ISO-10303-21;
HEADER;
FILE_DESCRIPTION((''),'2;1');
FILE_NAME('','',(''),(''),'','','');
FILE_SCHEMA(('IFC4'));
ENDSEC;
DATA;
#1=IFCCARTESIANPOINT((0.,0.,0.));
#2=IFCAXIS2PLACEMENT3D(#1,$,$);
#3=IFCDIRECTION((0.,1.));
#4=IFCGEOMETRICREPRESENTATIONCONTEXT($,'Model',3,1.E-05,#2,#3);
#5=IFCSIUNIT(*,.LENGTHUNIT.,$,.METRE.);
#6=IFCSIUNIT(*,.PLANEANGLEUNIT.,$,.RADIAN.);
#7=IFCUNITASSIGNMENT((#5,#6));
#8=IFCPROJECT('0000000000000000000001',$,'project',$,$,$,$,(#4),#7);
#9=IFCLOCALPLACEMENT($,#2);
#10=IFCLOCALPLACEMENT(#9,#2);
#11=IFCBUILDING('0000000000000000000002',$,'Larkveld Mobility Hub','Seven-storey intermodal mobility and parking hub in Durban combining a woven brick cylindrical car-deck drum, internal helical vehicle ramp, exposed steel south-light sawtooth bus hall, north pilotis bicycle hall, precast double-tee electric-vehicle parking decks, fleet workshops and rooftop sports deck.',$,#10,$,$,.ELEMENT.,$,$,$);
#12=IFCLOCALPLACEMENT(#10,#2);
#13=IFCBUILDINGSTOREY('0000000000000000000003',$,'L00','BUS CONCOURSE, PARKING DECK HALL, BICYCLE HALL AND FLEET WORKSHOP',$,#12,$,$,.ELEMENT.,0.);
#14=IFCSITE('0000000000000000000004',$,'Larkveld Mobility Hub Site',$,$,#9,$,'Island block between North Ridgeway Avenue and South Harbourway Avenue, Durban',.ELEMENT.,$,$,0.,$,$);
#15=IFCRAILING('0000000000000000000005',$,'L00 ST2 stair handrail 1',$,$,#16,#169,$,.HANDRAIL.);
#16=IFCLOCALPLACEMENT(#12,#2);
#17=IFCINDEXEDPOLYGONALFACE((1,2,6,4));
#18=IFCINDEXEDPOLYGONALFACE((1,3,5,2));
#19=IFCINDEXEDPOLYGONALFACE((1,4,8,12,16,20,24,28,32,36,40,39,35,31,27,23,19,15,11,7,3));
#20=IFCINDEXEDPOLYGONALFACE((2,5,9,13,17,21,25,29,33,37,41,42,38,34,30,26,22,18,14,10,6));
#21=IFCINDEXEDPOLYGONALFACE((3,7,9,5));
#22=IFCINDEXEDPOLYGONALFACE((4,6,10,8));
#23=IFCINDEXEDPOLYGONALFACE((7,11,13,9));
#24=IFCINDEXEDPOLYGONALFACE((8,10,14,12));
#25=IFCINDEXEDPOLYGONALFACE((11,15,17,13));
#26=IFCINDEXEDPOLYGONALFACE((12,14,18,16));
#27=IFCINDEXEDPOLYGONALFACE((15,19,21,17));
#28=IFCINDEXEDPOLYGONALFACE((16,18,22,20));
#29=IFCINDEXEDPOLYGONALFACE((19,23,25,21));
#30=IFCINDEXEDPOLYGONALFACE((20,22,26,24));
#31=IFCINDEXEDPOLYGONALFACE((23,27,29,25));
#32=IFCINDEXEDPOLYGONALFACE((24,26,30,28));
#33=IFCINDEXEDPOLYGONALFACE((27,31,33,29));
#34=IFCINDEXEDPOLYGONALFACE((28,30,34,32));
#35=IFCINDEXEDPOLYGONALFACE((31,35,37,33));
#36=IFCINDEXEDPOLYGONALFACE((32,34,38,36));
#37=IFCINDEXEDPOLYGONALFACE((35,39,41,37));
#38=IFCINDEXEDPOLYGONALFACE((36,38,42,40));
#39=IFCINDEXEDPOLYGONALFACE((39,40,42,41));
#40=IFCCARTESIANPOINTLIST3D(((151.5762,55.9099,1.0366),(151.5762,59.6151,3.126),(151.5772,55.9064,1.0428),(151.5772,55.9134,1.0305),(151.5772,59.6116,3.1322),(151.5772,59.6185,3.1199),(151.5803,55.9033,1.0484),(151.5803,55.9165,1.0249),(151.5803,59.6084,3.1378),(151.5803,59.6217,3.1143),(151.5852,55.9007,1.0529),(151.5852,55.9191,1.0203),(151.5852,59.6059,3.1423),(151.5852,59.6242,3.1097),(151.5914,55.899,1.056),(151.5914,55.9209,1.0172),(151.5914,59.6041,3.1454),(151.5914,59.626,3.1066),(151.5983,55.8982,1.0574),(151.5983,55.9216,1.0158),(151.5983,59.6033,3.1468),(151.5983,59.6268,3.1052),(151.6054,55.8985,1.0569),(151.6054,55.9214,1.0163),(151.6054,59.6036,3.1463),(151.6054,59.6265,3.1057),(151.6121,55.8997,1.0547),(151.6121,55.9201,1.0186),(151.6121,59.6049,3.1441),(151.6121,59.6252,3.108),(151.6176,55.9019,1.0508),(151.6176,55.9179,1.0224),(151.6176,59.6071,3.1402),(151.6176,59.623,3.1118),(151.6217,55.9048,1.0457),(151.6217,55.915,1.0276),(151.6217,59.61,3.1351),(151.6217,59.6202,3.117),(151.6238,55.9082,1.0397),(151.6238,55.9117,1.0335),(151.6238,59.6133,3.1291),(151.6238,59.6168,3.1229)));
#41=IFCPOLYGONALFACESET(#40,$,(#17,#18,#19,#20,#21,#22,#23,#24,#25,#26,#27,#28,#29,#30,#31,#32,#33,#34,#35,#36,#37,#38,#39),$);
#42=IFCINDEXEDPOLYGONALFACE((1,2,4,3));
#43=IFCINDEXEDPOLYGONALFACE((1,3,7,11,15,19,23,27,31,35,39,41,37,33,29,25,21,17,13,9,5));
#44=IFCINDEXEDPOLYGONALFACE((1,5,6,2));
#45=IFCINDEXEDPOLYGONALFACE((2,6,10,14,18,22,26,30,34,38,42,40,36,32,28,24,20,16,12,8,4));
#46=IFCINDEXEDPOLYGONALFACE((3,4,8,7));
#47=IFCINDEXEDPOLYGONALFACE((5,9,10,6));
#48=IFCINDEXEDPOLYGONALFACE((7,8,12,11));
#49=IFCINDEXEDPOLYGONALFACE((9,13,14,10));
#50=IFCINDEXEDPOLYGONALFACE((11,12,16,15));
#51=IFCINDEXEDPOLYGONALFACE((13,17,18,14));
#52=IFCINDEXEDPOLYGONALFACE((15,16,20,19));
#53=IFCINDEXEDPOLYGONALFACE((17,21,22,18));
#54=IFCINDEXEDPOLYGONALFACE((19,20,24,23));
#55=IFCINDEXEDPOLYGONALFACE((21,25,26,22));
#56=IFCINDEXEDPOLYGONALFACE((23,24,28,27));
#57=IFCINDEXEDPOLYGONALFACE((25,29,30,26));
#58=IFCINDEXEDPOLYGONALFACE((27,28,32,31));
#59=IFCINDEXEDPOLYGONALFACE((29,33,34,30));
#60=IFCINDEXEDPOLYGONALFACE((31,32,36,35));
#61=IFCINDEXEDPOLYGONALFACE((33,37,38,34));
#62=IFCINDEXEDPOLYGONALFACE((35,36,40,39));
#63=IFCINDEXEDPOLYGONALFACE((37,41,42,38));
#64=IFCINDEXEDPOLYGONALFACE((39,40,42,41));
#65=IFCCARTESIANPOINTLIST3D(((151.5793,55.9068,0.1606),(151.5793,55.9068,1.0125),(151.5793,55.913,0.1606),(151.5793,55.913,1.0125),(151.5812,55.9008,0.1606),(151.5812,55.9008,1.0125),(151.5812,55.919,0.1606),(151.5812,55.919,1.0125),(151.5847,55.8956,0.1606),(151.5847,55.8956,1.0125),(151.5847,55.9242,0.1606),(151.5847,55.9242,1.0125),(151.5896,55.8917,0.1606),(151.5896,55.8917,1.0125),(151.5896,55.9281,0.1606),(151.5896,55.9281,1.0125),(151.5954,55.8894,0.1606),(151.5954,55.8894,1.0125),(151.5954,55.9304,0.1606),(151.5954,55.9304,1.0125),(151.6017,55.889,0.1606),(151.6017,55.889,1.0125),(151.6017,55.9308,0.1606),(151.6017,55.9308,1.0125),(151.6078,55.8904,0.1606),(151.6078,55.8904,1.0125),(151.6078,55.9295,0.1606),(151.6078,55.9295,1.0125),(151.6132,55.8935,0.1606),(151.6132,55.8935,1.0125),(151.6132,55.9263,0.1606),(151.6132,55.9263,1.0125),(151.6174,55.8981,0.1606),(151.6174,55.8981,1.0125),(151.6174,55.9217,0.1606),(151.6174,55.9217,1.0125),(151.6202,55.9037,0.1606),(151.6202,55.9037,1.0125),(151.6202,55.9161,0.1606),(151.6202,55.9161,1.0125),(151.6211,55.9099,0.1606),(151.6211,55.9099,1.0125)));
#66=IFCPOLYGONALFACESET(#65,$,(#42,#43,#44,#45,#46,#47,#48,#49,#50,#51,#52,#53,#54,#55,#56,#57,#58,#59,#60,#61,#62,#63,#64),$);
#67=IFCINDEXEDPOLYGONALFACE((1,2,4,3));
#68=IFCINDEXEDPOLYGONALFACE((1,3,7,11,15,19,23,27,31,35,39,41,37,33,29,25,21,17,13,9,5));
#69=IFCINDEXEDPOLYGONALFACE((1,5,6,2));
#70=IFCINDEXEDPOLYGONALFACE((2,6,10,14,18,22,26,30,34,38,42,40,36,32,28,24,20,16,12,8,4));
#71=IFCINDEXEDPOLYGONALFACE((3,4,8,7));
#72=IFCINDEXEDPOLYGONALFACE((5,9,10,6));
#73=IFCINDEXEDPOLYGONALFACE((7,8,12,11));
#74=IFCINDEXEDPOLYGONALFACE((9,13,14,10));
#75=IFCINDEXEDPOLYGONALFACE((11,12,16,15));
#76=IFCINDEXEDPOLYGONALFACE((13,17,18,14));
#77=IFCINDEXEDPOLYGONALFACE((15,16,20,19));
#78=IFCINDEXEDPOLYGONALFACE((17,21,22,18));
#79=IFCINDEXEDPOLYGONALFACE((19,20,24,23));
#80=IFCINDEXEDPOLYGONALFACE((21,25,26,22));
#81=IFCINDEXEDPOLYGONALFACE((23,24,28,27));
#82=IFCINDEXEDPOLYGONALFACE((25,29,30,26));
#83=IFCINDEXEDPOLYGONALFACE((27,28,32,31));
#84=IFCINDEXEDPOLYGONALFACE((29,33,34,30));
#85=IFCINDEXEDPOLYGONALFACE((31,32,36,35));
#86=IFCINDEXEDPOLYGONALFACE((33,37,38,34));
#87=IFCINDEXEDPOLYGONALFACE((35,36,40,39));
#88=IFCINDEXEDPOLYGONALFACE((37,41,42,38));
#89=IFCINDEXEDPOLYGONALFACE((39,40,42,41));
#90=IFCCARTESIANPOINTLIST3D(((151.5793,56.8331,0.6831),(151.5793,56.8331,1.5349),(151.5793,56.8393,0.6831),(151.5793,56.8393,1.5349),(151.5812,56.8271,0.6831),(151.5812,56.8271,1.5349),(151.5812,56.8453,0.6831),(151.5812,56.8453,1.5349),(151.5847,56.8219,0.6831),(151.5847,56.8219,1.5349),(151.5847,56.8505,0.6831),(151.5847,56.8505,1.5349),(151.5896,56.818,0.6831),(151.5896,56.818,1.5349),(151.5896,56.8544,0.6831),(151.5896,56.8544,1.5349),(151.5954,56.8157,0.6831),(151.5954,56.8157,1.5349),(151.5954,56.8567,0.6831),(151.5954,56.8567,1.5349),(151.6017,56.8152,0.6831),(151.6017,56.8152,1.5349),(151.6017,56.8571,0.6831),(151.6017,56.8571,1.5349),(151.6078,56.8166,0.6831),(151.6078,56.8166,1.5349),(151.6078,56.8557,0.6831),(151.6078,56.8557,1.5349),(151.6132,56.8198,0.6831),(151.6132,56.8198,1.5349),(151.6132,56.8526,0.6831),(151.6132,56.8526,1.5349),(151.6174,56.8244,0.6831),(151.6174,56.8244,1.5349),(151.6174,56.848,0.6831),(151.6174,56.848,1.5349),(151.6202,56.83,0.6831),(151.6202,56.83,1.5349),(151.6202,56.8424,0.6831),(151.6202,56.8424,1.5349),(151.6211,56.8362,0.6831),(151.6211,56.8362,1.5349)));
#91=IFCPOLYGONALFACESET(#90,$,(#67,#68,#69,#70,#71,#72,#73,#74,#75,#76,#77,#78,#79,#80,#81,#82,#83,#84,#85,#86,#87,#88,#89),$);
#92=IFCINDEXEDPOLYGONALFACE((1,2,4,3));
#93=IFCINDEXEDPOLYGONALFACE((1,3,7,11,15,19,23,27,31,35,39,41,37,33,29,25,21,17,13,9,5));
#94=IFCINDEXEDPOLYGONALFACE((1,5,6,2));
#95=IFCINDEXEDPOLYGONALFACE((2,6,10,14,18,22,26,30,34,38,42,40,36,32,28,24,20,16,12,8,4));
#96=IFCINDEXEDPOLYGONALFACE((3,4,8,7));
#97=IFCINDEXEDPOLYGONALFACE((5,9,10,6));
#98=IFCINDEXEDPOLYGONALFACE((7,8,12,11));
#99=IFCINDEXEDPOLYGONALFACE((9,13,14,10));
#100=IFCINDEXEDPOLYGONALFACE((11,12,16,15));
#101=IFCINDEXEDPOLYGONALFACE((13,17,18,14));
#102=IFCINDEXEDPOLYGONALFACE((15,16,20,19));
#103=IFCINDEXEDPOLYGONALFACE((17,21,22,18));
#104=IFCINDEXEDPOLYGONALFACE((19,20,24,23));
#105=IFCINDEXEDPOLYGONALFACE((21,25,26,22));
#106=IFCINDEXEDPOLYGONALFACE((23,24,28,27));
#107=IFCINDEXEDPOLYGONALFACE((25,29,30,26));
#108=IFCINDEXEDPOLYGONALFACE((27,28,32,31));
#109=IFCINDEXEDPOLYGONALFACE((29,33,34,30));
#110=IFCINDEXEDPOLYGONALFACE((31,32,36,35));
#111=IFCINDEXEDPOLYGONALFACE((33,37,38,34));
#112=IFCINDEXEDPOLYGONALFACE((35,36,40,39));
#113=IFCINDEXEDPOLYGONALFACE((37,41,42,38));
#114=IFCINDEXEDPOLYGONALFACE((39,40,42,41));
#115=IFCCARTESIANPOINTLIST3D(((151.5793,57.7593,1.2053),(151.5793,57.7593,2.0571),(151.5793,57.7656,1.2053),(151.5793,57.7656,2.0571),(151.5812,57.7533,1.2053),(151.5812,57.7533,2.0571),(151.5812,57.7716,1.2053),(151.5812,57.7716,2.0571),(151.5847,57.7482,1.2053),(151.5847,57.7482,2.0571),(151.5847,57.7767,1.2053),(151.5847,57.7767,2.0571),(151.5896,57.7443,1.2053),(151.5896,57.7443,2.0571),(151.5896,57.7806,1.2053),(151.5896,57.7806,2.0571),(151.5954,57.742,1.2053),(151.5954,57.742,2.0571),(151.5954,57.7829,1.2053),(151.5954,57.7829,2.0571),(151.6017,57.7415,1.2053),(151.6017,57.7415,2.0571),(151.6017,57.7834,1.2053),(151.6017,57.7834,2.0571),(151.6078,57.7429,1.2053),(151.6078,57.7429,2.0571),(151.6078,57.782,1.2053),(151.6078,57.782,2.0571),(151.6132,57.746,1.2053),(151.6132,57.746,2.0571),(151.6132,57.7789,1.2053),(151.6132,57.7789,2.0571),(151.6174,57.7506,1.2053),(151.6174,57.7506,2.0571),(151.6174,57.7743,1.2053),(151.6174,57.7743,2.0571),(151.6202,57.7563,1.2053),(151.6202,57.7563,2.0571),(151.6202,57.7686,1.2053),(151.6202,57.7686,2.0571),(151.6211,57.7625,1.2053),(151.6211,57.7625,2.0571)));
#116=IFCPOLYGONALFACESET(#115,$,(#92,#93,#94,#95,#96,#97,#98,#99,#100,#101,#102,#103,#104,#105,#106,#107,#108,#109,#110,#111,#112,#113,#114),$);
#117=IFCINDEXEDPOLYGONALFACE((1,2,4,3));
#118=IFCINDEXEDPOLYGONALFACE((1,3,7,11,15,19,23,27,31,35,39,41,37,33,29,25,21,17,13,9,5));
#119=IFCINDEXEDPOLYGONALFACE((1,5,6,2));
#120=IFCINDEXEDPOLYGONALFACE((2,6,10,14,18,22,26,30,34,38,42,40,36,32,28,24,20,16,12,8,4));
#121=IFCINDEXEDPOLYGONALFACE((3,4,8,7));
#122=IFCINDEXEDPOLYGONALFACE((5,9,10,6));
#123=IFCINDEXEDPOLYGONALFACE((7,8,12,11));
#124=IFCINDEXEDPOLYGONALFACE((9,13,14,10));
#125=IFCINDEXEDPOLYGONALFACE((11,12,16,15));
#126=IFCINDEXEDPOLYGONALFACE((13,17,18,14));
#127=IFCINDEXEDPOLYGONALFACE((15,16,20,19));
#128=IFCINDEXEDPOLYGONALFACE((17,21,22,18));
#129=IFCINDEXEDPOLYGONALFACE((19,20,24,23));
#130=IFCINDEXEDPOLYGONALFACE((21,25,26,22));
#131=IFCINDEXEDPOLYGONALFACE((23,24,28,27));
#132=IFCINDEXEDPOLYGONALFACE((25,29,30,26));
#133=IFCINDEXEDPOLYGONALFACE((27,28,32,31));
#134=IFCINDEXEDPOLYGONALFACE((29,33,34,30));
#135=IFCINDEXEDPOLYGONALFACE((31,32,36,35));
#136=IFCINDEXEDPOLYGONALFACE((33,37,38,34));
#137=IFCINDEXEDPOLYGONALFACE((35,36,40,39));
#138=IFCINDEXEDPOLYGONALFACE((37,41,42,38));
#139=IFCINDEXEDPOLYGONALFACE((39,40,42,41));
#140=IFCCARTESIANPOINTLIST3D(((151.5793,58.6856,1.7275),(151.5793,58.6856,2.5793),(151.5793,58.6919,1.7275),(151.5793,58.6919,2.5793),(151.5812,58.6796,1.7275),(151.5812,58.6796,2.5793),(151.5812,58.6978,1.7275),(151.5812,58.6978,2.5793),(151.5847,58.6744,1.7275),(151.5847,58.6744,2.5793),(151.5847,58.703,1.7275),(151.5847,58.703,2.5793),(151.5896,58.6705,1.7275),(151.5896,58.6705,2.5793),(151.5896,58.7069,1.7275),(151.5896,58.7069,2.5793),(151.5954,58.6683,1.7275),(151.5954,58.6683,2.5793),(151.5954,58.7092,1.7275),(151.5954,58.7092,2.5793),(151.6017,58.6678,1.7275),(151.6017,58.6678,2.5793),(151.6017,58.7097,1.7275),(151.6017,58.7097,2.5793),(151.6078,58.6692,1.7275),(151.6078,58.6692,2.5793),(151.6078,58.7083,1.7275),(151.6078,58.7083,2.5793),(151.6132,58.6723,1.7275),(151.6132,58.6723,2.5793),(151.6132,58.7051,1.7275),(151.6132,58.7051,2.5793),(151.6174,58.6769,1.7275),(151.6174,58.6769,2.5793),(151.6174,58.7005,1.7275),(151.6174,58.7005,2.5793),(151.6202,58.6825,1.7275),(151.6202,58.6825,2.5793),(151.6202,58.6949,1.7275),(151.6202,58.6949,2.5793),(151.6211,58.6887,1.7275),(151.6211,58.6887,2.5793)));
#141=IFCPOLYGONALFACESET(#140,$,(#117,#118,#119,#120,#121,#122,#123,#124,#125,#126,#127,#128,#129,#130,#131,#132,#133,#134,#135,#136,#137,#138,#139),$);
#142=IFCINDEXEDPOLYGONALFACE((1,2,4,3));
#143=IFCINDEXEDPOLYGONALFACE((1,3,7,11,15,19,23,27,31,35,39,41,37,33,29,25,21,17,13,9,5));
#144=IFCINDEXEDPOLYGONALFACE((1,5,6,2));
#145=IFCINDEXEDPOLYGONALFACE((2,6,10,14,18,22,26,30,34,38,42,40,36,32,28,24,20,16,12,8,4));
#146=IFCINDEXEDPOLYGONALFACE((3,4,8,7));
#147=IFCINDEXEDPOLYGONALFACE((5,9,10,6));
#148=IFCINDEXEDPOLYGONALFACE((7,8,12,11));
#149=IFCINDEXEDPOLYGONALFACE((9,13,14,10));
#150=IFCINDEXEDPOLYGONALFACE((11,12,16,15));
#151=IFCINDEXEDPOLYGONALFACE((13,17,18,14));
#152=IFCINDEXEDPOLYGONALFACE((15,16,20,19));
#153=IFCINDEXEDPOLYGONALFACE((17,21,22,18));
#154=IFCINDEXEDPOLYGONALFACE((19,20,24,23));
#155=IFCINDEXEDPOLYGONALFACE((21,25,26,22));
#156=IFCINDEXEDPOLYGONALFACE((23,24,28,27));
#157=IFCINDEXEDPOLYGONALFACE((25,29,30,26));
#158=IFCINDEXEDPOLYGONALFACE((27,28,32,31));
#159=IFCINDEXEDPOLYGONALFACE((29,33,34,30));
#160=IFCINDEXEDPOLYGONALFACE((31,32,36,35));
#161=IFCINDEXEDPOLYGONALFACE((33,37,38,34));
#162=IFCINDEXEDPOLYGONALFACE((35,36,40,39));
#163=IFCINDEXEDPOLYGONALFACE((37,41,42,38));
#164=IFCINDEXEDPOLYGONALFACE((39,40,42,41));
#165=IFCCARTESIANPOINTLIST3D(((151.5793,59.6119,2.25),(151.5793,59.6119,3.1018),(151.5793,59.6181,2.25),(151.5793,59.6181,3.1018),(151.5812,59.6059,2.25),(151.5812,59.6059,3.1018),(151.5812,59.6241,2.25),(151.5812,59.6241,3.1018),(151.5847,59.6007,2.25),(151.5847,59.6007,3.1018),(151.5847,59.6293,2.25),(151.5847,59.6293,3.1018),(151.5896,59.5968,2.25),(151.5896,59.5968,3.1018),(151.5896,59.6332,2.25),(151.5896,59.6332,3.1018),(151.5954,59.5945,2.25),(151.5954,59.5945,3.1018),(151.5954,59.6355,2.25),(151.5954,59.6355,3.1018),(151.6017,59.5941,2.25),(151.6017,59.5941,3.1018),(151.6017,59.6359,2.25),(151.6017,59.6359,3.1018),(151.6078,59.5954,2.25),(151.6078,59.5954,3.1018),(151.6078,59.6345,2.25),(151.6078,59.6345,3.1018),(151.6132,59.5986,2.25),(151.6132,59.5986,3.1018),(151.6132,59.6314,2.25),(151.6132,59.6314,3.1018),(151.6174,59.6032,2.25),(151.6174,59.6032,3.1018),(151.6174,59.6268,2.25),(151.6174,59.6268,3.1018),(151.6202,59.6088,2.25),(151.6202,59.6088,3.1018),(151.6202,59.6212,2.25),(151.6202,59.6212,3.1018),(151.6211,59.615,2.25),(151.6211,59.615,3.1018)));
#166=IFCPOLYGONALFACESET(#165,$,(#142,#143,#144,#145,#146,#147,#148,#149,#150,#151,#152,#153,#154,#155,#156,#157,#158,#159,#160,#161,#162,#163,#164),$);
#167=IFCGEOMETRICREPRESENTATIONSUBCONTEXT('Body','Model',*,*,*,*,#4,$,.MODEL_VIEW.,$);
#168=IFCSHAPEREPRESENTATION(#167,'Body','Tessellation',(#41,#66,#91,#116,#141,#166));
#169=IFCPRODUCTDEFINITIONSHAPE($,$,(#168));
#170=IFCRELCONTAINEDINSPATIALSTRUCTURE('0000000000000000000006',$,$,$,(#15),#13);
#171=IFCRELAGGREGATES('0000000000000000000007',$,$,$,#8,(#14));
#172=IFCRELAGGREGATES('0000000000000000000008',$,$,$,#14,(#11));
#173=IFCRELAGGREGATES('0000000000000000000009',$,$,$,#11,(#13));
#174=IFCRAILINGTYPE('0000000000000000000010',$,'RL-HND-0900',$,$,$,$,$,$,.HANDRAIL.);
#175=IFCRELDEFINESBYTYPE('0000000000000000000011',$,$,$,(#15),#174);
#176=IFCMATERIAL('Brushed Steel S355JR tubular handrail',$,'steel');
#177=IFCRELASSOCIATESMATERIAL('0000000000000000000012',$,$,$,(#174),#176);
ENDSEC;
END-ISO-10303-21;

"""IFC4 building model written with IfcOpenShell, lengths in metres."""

from ifc_helpers import new_model, si_unit, direction, frame, origin, origin_2d, place, context, subcontext, project, spatial, circle, extrude, material, type_object, element, save


model = new_model("IFC4")

# Units and contexts
model_context = context("Model", 3, precision=1e-05, world=origin(), true_north=direction((0.0, 1.0)))
body_context = subcontext(model_context, "Body", "Model", "MODEL_VIEW")
ifc_project = project(units=[si_unit("LENGTHUNIT", "METRE"), si_unit("PLANEANGLEUNIT", "RADIAN")], contexts=[model_context])

# Site, building, storey
site_placement = place(None, origin())
site = spatial("IfcSite", under=ifc_project, at=site_placement, Name="Larkveld Mobility Hub Site", LongName="Island block between North Ridgeway Avenue and South Harbourway Avenue, Durban", CompositionType="ELEMENT", RefElevation=0.0)
building_placement = place(site_placement, origin())
building = spatial("IfcBuilding", under=site, at=building_placement, Name="Larkveld Mobility Hub", Description="Seven-storey intermodal mobility and parking hub in Durban combining a woven brick cylindrical car-deck drum, internal helical vehicle ramp, exposed steel south-light sawtooth bus hall, north pilotis bicycle hall, precast double-tee electric-vehicle parking decks, fleet workshops and rooftop sports deck.", CompositionType="ELEMENT")
storey_placement = place(building_placement, origin())
storey = spatial("IfcBuildingStorey", under=building, at=storey_placement, Name="L00", Description="BUS CONCOURSE, PARKING DECK HALL, BICYCLE HALL AND FLEET WORKSHOP", CompositionType="ELEMENT", Elevation=0.0)

# Railing
ifc_material_1 = material(Name="Brushed Steel S355JR tubular handrail", Category="steel")
railing_type_1 = type_object("IfcRailingType", Name="RL-HND-0900", PredefinedType="HANDRAIL", material=ifc_material_1)
railing_1_placement = place(storey_placement, frame((151.6001, 55.9099, 0.1606)))
element("IfcRailing", 1, at=railing_1_placement, inside=storey, type_object=railing_type_1, Name="L00 ST2 stair handrail 1", PredefinedType="HANDRAIL", context=body_context, shape_type="SweptSolid", body=[
    extrude(circle(Radius=0.0239, at=origin_2d()), frame((0.0, 0.0, 0.876), z_axis=(0.0, 0.871048, 0.491198), x_axis=(-1.0, 0.0, 0.0)), (0.0, 0.0, 1.0), 4.2537),
    extrude(circle(Radius=0.021, at=origin_2d()), origin(), (0.0, 0.0, 1.0), 0.8518),
    extrude(circle(Radius=0.021, at=origin_2d()), frame((0.0, 0.9263, 0.5225)), (0.0, 0.0, 1.0), 0.8518),
    extrude(circle(Radius=0.021, at=origin_2d()), frame((0.0, 1.8525, 1.0447)), (0.0, 0.0, 1.0), 0.8518),
    extrude(circle(Radius=0.021, at=origin_2d()), frame((0.0, 2.7788, 1.5669)), (0.0, 0.0, 1.0), 0.8518),
    extrude(circle(Radius=0.021, at=origin_2d()), frame((0.0, 3.7051, 2.0894)), (0.0, 0.0, 1.0), 0.8518),
])

save(model, "model.ifc")
